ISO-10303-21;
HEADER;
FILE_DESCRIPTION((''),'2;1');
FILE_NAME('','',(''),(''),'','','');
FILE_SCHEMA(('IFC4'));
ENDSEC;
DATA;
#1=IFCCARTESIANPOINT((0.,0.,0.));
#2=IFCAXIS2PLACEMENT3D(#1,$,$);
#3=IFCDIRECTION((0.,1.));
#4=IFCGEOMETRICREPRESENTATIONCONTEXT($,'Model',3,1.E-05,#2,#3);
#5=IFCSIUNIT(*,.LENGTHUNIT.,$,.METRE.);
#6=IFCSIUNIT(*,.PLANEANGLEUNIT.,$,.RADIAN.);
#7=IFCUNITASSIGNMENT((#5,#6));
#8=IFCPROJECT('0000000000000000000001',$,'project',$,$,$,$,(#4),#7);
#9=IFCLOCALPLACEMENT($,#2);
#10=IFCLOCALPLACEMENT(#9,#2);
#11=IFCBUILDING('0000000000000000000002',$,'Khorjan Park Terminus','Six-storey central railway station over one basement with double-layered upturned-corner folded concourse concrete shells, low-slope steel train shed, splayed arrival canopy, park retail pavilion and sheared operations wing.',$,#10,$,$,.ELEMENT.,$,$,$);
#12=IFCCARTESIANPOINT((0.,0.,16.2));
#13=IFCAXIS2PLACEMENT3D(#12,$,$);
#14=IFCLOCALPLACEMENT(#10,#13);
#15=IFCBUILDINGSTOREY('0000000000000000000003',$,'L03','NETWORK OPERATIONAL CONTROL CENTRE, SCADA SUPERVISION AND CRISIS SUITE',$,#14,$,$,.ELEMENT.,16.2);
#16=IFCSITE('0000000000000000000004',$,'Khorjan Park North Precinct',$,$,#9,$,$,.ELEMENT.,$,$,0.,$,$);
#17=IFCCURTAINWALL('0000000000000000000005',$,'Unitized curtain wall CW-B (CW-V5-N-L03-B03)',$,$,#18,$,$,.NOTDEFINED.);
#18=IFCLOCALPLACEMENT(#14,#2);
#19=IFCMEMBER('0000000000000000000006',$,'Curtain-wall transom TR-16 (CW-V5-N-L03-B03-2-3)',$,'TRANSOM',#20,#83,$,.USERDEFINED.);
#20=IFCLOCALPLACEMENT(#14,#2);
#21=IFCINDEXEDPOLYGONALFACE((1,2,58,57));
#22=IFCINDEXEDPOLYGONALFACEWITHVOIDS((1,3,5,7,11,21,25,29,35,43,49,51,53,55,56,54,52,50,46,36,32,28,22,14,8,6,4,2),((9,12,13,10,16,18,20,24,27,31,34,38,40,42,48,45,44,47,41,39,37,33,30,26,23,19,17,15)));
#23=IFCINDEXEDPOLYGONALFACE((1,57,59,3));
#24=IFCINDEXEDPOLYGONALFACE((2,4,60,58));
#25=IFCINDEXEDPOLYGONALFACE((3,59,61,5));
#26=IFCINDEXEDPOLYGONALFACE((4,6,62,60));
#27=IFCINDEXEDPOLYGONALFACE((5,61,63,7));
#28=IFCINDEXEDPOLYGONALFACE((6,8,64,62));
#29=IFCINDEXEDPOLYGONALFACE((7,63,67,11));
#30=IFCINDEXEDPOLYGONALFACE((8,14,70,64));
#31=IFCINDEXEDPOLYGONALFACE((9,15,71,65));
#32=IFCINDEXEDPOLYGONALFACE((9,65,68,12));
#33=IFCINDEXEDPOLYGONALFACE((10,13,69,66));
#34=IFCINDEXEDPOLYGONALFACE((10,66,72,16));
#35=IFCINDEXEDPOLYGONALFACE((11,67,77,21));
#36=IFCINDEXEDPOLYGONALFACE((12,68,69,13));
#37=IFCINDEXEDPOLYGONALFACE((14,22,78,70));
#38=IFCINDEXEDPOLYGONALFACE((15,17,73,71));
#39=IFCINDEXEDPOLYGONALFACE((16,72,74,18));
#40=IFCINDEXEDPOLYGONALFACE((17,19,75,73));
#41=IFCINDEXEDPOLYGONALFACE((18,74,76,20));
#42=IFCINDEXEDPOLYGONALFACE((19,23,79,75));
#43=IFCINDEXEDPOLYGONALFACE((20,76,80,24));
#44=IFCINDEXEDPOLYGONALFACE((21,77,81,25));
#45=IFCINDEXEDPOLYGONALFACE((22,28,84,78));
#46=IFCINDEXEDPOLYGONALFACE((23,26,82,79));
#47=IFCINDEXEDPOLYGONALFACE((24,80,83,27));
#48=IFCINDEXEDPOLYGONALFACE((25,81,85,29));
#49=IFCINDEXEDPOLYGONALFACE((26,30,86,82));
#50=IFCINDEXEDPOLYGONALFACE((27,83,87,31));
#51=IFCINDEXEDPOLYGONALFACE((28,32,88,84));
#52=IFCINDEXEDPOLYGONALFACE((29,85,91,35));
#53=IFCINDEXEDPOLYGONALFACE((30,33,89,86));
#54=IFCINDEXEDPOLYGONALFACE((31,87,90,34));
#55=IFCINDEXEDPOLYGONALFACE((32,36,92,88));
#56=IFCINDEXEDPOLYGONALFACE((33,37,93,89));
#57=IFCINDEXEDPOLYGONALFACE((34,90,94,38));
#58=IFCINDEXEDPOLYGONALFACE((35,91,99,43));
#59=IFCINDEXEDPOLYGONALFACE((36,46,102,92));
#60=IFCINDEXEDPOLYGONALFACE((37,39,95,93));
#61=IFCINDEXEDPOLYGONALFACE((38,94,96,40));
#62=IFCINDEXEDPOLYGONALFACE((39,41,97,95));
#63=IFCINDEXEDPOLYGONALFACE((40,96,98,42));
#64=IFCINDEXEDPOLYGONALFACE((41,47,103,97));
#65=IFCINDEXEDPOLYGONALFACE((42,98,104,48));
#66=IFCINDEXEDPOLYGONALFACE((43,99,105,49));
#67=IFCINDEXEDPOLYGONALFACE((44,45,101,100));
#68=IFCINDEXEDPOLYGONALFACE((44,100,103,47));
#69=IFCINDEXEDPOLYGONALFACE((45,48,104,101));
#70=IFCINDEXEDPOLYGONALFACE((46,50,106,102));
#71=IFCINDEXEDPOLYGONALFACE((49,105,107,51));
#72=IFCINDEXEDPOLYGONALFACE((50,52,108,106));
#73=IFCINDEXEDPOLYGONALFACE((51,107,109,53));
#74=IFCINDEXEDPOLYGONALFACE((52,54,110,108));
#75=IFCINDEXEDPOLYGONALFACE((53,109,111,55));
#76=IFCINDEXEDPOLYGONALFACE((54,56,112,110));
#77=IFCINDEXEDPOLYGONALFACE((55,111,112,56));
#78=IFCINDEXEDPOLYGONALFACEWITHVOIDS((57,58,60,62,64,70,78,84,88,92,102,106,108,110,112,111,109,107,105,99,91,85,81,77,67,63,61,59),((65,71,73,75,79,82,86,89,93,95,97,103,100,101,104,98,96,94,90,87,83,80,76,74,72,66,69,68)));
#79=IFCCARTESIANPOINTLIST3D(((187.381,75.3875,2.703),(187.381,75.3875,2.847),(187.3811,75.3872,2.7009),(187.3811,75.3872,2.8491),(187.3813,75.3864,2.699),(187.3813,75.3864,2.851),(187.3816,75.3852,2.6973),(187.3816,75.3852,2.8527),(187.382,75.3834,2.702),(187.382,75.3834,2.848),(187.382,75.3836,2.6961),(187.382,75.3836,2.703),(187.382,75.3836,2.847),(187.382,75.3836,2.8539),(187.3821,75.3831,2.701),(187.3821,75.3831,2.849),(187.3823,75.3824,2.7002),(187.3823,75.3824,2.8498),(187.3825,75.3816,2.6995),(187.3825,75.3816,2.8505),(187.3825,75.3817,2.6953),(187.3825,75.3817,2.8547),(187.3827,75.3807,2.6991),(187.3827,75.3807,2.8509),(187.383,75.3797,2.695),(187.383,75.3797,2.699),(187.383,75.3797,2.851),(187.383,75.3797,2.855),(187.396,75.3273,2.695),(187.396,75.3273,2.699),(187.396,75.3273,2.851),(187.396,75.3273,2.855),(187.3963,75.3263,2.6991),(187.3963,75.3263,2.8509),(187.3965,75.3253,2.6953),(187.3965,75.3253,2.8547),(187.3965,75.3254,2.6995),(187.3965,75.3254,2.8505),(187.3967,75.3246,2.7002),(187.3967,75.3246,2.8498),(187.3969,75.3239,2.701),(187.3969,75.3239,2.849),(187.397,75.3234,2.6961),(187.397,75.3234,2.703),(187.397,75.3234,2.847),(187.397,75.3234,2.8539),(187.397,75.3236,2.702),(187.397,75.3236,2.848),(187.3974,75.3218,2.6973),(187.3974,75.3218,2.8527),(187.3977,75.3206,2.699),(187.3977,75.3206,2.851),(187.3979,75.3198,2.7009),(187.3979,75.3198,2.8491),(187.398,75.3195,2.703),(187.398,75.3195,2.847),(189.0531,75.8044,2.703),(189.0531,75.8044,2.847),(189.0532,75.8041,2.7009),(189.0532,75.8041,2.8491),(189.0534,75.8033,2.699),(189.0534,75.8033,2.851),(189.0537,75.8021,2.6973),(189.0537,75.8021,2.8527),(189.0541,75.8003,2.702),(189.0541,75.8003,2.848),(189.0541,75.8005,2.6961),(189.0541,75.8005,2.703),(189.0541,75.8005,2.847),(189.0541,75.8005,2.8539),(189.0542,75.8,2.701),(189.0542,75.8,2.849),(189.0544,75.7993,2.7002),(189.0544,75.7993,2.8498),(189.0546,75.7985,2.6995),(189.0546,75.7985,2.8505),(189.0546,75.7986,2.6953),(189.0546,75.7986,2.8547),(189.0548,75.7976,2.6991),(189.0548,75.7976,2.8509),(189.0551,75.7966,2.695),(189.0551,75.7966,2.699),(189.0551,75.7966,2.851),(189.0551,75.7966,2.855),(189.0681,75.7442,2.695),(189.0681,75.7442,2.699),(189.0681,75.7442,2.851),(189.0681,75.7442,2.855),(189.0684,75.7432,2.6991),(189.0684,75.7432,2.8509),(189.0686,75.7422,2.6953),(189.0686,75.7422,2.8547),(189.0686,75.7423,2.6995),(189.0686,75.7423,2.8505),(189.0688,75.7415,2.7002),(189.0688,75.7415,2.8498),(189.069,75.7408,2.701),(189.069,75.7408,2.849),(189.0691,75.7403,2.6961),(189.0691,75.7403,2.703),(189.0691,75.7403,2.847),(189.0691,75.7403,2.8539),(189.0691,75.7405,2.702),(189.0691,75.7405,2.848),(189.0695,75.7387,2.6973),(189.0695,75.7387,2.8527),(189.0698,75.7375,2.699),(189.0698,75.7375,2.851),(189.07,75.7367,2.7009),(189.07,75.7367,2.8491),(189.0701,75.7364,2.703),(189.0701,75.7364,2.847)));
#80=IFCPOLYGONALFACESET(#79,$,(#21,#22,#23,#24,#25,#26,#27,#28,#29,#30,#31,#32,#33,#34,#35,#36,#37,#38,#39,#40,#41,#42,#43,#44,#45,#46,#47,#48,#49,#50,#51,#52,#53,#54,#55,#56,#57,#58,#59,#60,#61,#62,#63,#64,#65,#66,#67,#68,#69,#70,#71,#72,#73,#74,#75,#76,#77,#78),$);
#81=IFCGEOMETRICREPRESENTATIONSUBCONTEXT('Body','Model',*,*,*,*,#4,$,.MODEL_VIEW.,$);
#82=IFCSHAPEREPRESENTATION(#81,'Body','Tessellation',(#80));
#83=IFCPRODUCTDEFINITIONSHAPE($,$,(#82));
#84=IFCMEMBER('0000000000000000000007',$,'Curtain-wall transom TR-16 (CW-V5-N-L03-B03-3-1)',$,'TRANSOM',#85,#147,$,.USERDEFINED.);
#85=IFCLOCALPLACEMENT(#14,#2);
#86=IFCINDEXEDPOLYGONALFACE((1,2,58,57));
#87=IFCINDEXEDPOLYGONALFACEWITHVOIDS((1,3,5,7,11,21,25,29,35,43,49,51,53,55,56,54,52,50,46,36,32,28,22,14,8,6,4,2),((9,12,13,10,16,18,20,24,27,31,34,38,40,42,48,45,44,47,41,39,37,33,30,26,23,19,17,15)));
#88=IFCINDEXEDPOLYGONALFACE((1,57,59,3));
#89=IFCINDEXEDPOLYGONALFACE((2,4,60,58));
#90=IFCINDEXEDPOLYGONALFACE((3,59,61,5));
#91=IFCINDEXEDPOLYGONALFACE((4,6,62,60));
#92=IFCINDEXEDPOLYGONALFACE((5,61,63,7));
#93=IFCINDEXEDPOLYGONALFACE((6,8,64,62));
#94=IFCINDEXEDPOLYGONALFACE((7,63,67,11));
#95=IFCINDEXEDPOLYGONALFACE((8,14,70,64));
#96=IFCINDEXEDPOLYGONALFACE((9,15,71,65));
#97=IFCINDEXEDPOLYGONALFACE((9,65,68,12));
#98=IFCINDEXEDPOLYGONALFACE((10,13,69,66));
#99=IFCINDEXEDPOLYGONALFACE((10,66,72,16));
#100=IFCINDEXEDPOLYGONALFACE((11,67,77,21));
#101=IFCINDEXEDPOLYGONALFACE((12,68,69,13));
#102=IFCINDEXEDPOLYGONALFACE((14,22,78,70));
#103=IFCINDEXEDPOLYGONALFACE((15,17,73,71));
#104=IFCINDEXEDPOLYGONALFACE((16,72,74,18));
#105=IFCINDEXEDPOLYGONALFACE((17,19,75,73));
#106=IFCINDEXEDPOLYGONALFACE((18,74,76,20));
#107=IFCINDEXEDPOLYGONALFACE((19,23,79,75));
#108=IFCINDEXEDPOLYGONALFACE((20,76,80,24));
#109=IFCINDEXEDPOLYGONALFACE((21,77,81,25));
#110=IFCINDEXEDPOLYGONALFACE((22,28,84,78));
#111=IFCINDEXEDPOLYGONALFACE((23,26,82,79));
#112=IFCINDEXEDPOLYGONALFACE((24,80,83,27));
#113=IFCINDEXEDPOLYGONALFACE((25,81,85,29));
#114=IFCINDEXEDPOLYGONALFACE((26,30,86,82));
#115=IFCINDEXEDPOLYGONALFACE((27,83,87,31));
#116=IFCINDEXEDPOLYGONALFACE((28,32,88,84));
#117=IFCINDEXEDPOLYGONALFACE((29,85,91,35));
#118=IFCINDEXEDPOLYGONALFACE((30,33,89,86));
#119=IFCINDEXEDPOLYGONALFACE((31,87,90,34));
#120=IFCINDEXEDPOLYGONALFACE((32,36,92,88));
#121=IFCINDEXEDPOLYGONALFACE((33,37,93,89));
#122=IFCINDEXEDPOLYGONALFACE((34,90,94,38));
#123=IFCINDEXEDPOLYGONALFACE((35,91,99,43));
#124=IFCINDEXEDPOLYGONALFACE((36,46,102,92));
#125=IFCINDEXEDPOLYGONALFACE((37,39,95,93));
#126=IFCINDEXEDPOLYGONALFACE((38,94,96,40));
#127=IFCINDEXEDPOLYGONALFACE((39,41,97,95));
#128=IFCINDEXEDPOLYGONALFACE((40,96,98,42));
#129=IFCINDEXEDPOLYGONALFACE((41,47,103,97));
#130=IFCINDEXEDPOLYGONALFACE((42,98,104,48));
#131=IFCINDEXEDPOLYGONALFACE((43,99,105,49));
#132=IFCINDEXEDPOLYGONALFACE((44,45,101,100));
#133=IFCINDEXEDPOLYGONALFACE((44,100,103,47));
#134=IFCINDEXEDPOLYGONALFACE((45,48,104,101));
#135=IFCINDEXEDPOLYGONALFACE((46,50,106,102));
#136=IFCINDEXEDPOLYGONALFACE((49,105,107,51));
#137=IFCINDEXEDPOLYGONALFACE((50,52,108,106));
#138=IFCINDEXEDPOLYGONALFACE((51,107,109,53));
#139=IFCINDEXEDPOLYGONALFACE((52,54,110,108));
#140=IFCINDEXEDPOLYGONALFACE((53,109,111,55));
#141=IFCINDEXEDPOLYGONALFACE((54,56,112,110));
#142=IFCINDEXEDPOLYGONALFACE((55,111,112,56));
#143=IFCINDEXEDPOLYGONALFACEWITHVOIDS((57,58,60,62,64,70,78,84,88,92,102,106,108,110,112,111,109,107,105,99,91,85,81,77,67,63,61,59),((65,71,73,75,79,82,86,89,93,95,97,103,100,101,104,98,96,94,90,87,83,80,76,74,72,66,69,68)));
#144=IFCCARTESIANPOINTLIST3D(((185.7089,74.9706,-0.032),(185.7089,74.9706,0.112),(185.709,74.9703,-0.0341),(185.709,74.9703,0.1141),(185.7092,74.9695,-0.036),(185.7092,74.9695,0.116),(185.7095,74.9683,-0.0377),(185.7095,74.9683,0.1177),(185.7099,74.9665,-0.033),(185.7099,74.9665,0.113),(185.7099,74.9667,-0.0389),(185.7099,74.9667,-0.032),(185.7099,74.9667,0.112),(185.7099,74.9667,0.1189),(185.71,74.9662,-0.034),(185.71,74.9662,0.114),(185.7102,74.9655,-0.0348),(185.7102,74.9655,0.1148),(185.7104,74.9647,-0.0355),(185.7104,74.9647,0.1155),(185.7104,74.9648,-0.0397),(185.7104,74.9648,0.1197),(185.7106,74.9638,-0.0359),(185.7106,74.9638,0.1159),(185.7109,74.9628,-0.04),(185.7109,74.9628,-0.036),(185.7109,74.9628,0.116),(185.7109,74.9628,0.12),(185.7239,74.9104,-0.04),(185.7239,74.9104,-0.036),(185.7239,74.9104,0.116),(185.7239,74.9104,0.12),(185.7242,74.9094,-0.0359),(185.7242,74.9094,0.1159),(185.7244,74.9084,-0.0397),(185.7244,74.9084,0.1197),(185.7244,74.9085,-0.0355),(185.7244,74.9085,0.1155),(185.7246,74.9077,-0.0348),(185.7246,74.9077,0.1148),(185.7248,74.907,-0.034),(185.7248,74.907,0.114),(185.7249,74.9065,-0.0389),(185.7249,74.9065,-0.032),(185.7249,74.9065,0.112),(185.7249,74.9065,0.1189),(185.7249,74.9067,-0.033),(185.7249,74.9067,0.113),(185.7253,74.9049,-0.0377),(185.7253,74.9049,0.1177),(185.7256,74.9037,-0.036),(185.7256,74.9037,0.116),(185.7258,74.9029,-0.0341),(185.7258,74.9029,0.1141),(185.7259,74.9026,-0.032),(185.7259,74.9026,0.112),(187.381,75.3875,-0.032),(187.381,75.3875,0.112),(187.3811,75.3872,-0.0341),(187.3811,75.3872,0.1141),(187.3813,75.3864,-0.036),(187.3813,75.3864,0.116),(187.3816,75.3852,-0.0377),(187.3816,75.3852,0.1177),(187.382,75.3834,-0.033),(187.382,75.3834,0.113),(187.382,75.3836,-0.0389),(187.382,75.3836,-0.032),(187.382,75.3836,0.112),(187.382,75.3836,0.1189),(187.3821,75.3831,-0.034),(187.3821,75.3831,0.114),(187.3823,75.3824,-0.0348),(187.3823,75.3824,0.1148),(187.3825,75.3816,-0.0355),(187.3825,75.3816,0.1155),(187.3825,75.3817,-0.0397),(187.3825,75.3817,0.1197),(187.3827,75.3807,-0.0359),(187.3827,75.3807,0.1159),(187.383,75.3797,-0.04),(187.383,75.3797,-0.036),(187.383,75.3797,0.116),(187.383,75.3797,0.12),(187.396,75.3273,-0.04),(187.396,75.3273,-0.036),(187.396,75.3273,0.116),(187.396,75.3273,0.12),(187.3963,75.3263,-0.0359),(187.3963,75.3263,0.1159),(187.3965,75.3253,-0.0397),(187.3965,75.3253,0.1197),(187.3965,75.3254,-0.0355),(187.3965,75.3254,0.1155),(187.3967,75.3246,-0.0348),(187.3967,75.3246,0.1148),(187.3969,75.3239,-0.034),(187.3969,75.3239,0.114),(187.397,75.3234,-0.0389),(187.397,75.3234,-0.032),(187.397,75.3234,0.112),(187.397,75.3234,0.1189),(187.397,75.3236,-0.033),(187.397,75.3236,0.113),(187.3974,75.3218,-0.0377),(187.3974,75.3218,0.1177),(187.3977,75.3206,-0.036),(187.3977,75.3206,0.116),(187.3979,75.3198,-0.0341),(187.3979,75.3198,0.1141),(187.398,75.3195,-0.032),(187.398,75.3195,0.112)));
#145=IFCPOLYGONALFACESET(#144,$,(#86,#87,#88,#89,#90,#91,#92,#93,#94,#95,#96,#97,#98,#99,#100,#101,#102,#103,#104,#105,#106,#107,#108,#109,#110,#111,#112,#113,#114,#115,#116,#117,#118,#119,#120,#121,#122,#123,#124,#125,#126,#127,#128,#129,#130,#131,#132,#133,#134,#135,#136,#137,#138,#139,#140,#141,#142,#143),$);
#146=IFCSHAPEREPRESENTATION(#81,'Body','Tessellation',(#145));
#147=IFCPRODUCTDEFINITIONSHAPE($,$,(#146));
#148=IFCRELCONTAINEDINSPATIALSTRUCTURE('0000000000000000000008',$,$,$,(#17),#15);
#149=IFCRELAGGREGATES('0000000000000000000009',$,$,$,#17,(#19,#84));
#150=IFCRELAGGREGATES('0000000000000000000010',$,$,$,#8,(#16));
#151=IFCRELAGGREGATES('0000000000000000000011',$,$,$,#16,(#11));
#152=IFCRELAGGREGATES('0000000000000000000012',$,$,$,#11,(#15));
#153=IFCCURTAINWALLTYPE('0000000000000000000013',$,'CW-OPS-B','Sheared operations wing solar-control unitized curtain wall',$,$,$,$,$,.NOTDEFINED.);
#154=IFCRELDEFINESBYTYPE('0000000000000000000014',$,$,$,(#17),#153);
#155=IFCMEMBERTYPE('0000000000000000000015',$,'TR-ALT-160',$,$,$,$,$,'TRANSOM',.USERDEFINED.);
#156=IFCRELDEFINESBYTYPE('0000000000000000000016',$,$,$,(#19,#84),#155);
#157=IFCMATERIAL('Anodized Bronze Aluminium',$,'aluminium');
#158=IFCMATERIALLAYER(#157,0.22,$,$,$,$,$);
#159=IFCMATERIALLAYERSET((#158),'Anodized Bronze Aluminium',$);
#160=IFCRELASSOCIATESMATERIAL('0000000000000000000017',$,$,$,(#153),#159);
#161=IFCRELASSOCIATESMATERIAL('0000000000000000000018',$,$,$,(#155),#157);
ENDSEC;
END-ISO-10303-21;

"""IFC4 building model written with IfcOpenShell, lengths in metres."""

from ifc_helpers import new_model, si_unit, direction, frame, origin, origin_2d, place, context, subcontext, project, spatial, hollow_rectangle, extrude, material, layer, layer_set, material_profile, profile_set, type_object, element, aggregate, save


model = new_model("IFC4")

# Units and contexts
model_context = context("Model", 3, precision=1e-05, world=origin(), true_north=direction((0.0, 1.0)))
body_context = subcontext(model_context, "Body", "Model", "MODEL_VIEW")
ifc_project = project(units=[si_unit("LENGTHUNIT", "METRE"), si_unit("PLANEANGLEUNIT", "RADIAN")], contexts=[model_context])

# Site, building, storey
site_placement = place(None, origin())
site = spatial("IfcSite", under=ifc_project, at=site_placement, Name="Khorjan Park North Precinct", CompositionType="ELEMENT", RefElevation=0.0)
building_placement = place(site_placement, origin())
building = spatial("IfcBuilding", under=site, at=building_placement, Name="Khorjan Park Terminus", Description="Six-storey central railway station over one basement with double-layered upturned-corner folded concourse concrete shells, low-slope steel train shed, splayed arrival canopy, park retail pavilion and sheared operations wing.", CompositionType="ELEMENT")
storey_placement = place(building_placement, frame((0.0, 0.0, 16.2)))
storey = spatial("IfcBuildingStorey", under=building, at=storey_placement, Name="L03", Description="NETWORK OPERATIONAL CONTROL CENTRE, SCADA SUPERVISION AND CRISIS SUITE", CompositionType="ELEMENT", Elevation=16.2)

# Curtain wall, members
ifc_material_1 = material(Name="Anodized Bronze Aluminium", Category="aluminium")
ifc_layer_1 = layer(ifc_material_1, 0.22)
ifc_layer_set_1 = layer_set([ifc_layer_1], Name="Anodized Bronze Aluminium")
curtain_wall_type = type_object("IfcCurtainWallType", Name="CW-OPS-B", Description="Sheared operations wing solar-control unitized curtain wall", PredefinedType="NOTDEFINED", material=ifc_layer_set_1)
curtain_wall_placement = place(storey_placement, origin())
curtain_wall = element("IfcCurtainWall", 1, at=curtain_wall_placement, inside=storey, type_object=curtain_wall_type, Name="Unitized curtain wall CW-B (CW-V5-N-L03-B03)", PredefinedType="NOTDEFINED")
ifc_material_profile_1 = material_profile(ifc_material_1, hollow_rectangle(XDim=0.07, YDim=0.16, WallThickness=0.004, InnerFilletRadius=0.004, OuterFilletRadius=0.008, at=origin_2d()), Name="ALT 70x160x4")
ifc_profile_set_1 = profile_set([ifc_material_profile_1], Name="Anodized Bronze Aluminium")
member_type_1 = type_object("IfcMemberType", Name="TR-ALT-160", ElementType="TRANSOM", PredefinedType="USERDEFINED", material=ifc_profile_set_1)
member_1_placement = place(storey_placement, frame((189.0616, 75.7704, 2.775), z_axis=(-0.970296, -0.241921, 0.0), x_axis=(0.241921, -0.970296, 0.0)))
member_1 = element("IfcMember", 2, at=member_1_placement, type_object=member_type_1, Name="Curtain-wall transom TR-16 (CW-V5-N-L03-B03-2-3)", ObjectType="TRANSOM", PredefinedType="USERDEFINED", context=body_context, shape_type="SweptSolid", body=[
    extrude(hollow_rectangle(XDim=0.07, YDim=0.16, WallThickness=0.004, InnerFilletRadius=0.004, OuterFilletRadius=0.008, at=origin_2d()), origin(), (0.0, 0.0, 1.0), 1.7233),
])
member_2_placement = place(storey_placement, frame((187.3895, 75.3535, 0.04), z_axis=(-0.970296, -0.241921, 0.0), x_axis=(0.241921, -0.970296, 0.0)))
member_2 = element("IfcMember", 3, at=member_2_placement, type_object=member_type_1, Name="Curtain-wall transom TR-16 (CW-V5-N-L03-B03-3-1)", ObjectType="TRANSOM", PredefinedType="USERDEFINED", context=body_context, shape_type="SweptSolid", body=[
    extrude(hollow_rectangle(XDim=0.07, YDim=0.16, WallThickness=0.004, InnerFilletRadius=0.004, OuterFilletRadius=0.008, at=origin_2d()), origin(), (0.0, 0.0, 1.0), 1.7233),
])
aggregate(curtain_wall, [member_1, member_2])

save(model, "model.ifc")
